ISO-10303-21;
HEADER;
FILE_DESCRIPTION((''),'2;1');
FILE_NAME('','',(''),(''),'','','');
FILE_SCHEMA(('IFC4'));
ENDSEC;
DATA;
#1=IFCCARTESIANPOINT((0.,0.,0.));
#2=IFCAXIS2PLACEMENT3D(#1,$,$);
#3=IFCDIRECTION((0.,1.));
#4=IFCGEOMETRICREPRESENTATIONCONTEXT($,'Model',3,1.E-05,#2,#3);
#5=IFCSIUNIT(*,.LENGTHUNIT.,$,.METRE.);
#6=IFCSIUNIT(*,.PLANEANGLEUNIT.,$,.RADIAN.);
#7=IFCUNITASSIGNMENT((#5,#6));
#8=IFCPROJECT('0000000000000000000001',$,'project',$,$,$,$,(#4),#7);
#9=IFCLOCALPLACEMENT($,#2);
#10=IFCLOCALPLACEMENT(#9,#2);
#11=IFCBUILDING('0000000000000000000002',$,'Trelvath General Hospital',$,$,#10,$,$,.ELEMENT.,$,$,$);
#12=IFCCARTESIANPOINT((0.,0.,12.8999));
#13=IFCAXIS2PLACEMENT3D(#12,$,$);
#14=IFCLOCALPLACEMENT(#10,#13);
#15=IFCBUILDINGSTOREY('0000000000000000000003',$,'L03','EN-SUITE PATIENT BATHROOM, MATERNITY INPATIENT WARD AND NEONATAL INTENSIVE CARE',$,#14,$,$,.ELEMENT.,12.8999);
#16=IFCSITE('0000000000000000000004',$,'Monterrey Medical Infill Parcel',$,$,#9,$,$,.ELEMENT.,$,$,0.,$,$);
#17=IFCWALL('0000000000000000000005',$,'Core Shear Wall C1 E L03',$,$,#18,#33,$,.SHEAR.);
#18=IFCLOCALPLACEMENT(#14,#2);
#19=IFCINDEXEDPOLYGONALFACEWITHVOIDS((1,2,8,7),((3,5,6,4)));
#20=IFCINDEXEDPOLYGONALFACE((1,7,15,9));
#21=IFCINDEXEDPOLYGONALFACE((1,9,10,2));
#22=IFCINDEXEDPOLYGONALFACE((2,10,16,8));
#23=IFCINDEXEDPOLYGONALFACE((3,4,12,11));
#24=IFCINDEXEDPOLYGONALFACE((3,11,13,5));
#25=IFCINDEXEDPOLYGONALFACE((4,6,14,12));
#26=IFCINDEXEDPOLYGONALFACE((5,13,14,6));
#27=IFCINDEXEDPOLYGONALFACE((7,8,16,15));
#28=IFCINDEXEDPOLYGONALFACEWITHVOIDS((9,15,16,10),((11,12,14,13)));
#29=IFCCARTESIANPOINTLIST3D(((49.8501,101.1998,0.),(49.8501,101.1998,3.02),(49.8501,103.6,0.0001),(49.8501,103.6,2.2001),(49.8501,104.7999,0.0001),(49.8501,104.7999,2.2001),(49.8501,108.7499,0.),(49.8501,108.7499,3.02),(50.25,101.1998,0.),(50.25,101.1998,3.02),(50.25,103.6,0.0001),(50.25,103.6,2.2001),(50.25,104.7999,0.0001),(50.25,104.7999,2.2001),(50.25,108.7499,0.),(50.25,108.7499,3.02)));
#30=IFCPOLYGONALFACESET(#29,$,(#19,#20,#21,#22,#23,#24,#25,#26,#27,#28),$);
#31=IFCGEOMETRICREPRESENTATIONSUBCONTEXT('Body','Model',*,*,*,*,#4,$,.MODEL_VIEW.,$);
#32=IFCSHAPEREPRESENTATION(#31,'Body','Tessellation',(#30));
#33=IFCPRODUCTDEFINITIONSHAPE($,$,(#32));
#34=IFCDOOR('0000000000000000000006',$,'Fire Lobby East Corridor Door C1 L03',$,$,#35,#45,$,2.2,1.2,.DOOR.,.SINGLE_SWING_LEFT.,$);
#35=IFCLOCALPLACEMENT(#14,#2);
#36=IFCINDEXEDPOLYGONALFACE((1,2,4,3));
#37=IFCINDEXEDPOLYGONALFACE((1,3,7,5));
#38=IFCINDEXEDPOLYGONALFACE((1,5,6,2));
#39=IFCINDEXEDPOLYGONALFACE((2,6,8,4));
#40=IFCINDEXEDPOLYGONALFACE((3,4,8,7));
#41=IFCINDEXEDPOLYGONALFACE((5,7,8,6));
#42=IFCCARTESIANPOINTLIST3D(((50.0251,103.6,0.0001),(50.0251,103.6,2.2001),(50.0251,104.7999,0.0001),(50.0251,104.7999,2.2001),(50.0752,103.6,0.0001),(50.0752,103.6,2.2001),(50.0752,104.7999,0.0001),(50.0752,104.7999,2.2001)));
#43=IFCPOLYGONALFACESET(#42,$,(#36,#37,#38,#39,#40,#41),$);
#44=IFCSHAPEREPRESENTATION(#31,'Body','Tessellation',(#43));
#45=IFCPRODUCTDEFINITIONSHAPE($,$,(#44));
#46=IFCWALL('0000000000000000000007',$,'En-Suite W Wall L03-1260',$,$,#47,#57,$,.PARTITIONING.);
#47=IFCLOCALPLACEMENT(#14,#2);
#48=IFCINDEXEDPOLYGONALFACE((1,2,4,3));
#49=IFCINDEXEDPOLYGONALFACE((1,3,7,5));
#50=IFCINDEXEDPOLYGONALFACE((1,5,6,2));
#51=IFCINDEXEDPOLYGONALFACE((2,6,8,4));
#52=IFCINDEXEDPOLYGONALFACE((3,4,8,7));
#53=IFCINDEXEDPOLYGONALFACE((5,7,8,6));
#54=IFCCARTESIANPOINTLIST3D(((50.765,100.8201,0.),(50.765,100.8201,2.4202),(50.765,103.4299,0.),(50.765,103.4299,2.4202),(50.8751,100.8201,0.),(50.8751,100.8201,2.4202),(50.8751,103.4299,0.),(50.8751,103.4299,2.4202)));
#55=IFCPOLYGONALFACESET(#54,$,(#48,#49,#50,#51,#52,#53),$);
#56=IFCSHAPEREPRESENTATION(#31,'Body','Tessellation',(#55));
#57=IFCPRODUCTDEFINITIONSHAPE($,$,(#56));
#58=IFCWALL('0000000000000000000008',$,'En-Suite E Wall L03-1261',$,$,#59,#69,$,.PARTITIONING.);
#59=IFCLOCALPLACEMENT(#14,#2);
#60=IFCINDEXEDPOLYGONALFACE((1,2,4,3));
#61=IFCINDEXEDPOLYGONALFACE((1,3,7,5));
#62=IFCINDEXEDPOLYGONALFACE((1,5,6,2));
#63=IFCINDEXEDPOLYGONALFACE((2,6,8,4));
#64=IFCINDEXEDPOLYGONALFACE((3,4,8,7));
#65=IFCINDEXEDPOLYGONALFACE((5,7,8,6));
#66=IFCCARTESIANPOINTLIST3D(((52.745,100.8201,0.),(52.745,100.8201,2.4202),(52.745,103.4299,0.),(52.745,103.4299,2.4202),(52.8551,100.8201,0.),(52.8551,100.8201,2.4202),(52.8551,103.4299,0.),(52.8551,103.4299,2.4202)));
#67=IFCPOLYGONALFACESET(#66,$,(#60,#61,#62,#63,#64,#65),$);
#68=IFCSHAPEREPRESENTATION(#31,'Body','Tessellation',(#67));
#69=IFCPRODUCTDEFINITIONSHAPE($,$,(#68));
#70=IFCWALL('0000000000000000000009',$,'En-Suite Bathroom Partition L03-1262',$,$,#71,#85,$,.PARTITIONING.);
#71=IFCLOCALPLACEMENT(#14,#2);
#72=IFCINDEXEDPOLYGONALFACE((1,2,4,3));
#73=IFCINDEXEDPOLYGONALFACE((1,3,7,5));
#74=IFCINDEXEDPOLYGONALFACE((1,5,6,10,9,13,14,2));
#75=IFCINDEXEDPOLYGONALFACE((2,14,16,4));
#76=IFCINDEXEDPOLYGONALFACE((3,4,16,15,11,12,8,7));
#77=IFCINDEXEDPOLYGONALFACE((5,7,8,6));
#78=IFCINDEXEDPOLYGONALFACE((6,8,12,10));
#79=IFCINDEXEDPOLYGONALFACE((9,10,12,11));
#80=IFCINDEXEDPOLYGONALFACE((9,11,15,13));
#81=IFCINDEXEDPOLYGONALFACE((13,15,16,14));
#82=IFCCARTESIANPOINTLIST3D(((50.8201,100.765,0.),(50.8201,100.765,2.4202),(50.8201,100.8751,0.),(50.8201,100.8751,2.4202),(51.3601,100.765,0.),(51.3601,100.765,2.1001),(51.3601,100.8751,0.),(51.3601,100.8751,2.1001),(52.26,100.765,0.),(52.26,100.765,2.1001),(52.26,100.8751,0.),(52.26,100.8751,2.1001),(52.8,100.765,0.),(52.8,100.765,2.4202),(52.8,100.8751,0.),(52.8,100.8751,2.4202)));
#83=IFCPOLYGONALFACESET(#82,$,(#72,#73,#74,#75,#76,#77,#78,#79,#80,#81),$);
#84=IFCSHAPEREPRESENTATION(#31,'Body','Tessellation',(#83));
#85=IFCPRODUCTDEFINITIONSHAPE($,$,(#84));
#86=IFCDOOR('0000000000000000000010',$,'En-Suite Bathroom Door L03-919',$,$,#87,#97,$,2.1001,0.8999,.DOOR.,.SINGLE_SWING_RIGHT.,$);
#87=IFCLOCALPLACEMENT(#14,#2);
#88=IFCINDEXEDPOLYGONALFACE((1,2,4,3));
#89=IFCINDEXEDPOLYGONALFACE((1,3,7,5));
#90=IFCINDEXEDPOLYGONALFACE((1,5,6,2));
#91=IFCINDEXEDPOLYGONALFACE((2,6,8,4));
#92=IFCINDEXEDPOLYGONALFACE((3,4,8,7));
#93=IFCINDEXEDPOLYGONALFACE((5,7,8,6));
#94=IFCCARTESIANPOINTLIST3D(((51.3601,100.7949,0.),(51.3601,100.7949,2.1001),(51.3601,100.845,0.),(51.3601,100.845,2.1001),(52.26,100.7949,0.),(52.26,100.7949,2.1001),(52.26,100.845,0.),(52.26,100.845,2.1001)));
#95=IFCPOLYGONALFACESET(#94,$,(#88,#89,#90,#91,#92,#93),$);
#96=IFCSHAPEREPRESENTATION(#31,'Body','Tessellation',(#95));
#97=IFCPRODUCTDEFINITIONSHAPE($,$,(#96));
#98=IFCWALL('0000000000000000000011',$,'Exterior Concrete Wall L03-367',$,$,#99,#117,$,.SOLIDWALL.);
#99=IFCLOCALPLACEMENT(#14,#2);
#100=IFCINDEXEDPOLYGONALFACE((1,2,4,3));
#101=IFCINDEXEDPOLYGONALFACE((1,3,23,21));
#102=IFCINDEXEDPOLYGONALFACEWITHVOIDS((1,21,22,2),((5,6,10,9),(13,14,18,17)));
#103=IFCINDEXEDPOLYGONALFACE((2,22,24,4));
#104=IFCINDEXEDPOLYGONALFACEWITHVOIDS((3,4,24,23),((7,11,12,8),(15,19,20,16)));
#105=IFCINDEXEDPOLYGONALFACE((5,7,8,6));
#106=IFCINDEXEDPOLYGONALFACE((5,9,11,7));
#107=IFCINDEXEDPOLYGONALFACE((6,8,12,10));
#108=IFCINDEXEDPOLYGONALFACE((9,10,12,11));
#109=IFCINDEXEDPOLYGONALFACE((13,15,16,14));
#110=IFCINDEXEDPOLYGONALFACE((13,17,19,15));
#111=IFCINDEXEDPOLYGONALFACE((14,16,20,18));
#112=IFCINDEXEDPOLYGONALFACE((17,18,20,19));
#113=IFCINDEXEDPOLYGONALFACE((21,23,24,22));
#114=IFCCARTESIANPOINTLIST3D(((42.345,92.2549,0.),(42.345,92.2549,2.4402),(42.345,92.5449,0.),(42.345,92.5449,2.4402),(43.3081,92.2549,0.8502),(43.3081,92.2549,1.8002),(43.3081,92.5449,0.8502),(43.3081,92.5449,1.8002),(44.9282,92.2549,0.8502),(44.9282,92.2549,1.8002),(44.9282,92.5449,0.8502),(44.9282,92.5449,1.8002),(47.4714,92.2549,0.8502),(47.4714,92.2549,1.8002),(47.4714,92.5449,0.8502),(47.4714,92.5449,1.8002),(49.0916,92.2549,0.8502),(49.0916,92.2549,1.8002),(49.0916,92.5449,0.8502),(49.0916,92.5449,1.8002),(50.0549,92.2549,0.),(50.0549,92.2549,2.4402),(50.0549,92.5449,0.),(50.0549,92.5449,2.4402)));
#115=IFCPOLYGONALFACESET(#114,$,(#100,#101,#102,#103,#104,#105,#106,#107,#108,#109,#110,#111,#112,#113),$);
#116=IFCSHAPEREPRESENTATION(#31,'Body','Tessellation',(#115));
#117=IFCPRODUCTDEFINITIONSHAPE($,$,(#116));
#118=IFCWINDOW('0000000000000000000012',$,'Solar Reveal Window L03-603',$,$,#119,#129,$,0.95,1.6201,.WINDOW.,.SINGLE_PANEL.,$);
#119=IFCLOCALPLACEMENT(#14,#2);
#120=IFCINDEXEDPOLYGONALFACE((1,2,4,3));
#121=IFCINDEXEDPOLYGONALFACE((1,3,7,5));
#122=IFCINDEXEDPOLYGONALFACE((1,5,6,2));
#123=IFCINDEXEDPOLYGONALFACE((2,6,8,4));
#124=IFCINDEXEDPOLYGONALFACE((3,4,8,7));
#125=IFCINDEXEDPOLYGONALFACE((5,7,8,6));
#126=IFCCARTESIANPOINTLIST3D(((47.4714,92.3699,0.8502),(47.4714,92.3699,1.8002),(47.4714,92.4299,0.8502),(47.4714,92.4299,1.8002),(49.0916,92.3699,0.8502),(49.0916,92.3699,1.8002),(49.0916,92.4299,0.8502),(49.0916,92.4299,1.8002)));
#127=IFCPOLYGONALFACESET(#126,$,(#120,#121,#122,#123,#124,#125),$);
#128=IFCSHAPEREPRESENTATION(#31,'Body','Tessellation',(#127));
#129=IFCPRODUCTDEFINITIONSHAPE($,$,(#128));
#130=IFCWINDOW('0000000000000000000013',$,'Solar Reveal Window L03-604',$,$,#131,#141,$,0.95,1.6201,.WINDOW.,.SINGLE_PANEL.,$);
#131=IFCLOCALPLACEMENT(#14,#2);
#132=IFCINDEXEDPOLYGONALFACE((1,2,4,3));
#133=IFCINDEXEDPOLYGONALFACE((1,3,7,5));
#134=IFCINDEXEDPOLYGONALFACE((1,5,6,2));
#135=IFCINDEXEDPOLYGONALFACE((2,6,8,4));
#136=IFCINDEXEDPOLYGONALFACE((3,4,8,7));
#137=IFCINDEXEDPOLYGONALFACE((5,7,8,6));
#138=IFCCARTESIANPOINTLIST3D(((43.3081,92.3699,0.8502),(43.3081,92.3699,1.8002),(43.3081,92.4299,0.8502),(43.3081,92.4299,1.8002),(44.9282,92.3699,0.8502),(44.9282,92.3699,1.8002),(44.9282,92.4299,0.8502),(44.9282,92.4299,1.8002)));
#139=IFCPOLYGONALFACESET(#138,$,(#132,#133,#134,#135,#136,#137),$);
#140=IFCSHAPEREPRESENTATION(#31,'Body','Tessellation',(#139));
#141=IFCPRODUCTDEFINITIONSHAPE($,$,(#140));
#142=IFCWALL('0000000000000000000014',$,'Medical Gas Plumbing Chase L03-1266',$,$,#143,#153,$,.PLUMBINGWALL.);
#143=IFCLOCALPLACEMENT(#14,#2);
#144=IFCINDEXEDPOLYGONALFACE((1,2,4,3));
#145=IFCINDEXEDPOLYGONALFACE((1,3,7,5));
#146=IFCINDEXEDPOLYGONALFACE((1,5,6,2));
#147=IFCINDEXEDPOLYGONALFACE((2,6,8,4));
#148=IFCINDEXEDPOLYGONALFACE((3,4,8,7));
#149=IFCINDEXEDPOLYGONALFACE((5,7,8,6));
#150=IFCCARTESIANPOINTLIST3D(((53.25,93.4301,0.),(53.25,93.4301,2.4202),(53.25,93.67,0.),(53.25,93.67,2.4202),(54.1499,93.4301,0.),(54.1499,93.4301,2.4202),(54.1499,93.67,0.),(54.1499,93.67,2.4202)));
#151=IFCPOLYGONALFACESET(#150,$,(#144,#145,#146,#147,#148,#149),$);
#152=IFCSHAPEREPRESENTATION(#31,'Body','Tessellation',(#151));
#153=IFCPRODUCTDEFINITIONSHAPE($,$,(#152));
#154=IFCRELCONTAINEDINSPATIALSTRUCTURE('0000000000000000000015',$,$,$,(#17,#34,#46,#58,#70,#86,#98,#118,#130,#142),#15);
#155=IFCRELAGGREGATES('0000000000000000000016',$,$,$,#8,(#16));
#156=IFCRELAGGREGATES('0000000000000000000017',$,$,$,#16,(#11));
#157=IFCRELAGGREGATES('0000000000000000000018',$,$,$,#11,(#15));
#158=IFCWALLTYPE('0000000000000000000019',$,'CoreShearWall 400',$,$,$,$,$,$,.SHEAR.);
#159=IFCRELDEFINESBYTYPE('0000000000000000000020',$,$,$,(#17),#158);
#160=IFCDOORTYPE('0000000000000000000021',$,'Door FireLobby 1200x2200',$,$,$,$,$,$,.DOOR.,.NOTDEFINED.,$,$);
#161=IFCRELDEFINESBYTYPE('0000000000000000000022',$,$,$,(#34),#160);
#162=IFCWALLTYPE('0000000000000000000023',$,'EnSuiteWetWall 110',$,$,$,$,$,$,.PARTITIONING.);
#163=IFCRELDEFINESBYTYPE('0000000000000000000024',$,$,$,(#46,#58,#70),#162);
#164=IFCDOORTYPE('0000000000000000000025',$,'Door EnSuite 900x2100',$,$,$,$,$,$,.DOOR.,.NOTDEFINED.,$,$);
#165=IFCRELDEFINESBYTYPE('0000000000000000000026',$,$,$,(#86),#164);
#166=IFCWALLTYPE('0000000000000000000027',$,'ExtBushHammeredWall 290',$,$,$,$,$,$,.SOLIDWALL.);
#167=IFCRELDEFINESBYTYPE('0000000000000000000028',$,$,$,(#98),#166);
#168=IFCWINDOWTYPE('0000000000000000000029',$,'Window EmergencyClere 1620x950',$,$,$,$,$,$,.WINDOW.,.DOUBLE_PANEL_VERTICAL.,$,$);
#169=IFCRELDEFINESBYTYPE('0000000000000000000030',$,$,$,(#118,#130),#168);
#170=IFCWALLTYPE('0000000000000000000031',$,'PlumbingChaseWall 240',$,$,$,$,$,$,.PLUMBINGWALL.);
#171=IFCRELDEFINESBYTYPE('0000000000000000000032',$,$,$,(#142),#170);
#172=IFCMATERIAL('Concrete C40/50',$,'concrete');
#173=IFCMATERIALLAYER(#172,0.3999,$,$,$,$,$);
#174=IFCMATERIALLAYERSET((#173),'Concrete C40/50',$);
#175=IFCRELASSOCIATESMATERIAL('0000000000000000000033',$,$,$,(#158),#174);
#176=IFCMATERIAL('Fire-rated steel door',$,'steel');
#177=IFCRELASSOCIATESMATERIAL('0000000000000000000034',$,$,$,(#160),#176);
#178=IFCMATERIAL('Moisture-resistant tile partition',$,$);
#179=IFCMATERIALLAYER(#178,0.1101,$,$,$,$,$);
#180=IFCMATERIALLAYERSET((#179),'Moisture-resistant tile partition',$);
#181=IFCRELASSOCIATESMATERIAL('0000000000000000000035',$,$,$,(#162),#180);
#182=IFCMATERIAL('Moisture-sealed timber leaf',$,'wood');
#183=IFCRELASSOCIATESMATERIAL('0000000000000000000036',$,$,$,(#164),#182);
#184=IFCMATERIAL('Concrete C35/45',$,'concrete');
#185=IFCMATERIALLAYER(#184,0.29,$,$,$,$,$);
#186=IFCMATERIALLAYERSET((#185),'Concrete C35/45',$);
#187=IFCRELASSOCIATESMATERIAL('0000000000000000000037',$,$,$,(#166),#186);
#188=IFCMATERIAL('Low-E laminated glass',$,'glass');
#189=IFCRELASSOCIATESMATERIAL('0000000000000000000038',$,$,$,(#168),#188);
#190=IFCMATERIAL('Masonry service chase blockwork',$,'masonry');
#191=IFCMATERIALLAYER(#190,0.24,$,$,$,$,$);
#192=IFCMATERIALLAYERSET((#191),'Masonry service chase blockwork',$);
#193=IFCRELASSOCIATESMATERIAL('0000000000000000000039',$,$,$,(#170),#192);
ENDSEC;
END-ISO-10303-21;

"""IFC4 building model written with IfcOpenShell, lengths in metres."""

from ifc_helpers import new_model, si_unit, direction, frame, frame_2d, origin, place, context, subcontext, project, spatial, rectangle, extrude, material, layer, layer_set, type_object, element, fill, save


model = new_model("IFC4")

# Units and contexts
model_context = context("Model", 3, precision=1e-05, world=origin(), true_north=direction((0.0, 1.0)))
body_context = subcontext(model_context, "Body", "Model", "MODEL_VIEW")
ifc_project = project(units=[si_unit("LENGTHUNIT", "METRE"), si_unit("PLANEANGLEUNIT", "RADIAN")], contexts=[model_context])

# Site, building, storey
site_placement = place(None, origin())
site = spatial("IfcSite", under=ifc_project, at=site_placement, Name="Monterrey Medical Infill Parcel", CompositionType="ELEMENT", RefElevation=0.0)
building_placement = place(site_placement, origin())
building = spatial("IfcBuilding", under=site, at=building_placement, Name="Trelvath General Hospital", CompositionType="ELEMENT")
storey_placement = place(building_placement, frame((0.0, 0.0, 12.8999)))
storey = spatial("IfcBuildingStorey", under=building, at=storey_placement, Name="L03", Description="EN-SUITE PATIENT BATHROOM, MATERNITY INPATIENT WARD AND NEONATAL INTENSIVE CARE", CompositionType="ELEMENT", Elevation=12.8999)

# Wall, opening, door
ifc_material_1 = material(Name="Concrete C40/50", Category="concrete")
ifc_layer_1 = layer(ifc_material_1, 0.3999)
ifc_layer_set_1 = layer_set([ifc_layer_1], Name="Concrete C40/50")
wall_type_1 = type_object("IfcWallType", Name="CoreShearWall 400", PredefinedType="SHEAR", material=ifc_layer_set_1)
ifc_material_2 = material(Name="Fire-rated steel door", Category="steel")
door_type_1 = type_object("IfcDoorType", Name="Door FireLobby 1200x2200", OperationType="NOTDEFINED", PredefinedType="DOOR", material=ifc_material_2)
wall_1_placement = place(storey_placement, frame((50.05, 101.2, 0.0), z_axis=(0.0, 0.0, 1.0), x_axis=(0.0, 1.0, 0.0)))
wall_1 = element("IfcWall", 1, at=wall_1_placement, inside=storey, type_object=wall_type_1, Name="Core Shear Wall C1 E L03", PredefinedType="SHEAR", context=body_context, shape_type="SweptSolid", body=[
    extrude(rectangle(XDim=7.55, YDim=0.3999, at=frame_2d((3.7749, 0.0))), origin(), (0.0, 0.0, 1.0), 3.02),
])
opening_1_placement = place(wall_1_placement, frame((2.3999, 0.0, 0.0)))
opening_1 = element("IfcOpeningElement", 2, at=opening_1_placement, cuts=wall_1, PredefinedType="OPENING", context=body_context, shape_type="SweptSolid", body=[
    extrude(rectangle(XDim=1.2, YDim=2.2, at=frame_2d((0.6001, 1.1001))), frame((0.0, 0.21, 0.0), z_axis=(0.0, -1.0, 0.0), x_axis=(1.0, 0.0, 0.0)), (0.0, 0.0, 1.0), 0.4199),
])
door_1_placement = place(opening_1_placement, origin())
door_1 = element("IfcDoor", 3, at=door_1_placement, inside=storey, type_object=door_type_1, Name="Fire Lobby East Corridor Door C1 L03", OperationType="SINGLE_SWING_LEFT", OverallHeight=2.2, OverallWidth=1.2, PredefinedType="DOOR", context=body_context, shape_type="SweptSolid", body=[
    extrude(rectangle(XDim=1.2, YDim=2.2, at=frame_2d((0.6001, 1.1001))), frame((0.0, 0.0249, 0.0), z_axis=(0.0, -1.0, 0.0), x_axis=(1.0, 0.0, 0.0)), (0.0, 0.0, 1.0), 0.05),
])
fill(opening_1, door_1)

# Walls
ifc_material_3 = material(Name="Moisture-resistant tile partition")
ifc_layer_2 = layer(ifc_material_3, 0.1101)
ifc_layer_set_2 = layer_set([ifc_layer_2], Name="Moisture-resistant tile partition")
wall_type_2 = type_object("IfcWallType", Name="EnSuiteWetWall 110", PredefinedType="PARTITIONING", material=ifc_layer_set_2)
for number, where, z_axis, x_axis, name in (
    (4, (50.8201, 100.8201, 0.0), (0.0, 0.0, 1.0), (0.0, 1.0, 0.0), "En-Suite W Wall L03-1260"),
    (5, (52.8, 100.8201, 0.0), (0.0, 0.0, 1.0), (0.0, 1.0, 0.0), "En-Suite E Wall L03-1261"),
):
    element("IfcWall", number, at=place(storey_placement, frame(where, z_axis=z_axis, x_axis=x_axis)), inside=storey, type_object=wall_type_2, Name=name, PredefinedType="PARTITIONING", context=body_context, shape_type="SweptSolid", body=[
        extrude(rectangle(XDim=2.6099, YDim=0.1101, at=frame_2d((1.3049, 0.0))), origin(), (0.0, 0.0, 1.0), 2.4202),
    ])

# Wall, opening, door
wall_2_placement = place(storey_placement, frame((50.8201, 100.8201, 0.0), z_axis=(0.0, 0.0, 1.0), x_axis=(1.0, 0.0, 0.0)))
wall_2 = element("IfcWall", 6, at=wall_2_placement, inside=storey, type_object=wall_type_2, Name="En-Suite Bathroom Partition L03-1262", PredefinedType="PARTITIONING", context=body_context, shape_type="SweptSolid", body=[
    extrude(rectangle(XDim=1.98, YDim=0.1101, at=frame_2d((0.99, 0.0))), origin(), (0.0, 0.0, 1.0), 2.4202),
])
opening_2_placement = place(wall_2_placement, frame((0.54, 0.0, 0.0)))
opening_2 = element("IfcOpeningElement", 7, at=opening_2_placement, cuts=wall_2, PredefinedType="OPENING", context=body_context, shape_type="SweptSolid", body=[
    extrude(rectangle(XDim=0.8999, YDim=2.1001, at=frame_2d((0.45, 1.05))), frame((0.0, 0.0649, 0.0), z_axis=(0.0, -1.0, 0.0), x_axis=(1.0, 0.0, 0.0)), (0.0, 0.0, 1.0), 0.1301),
])
ifc_material_4 = material(Name="Moisture-sealed timber leaf", Category="wood")
door_type_2 = type_object("IfcDoorType", Name="Door EnSuite 900x2100", OperationType="NOTDEFINED", PredefinedType="DOOR", material=ifc_material_4)
door_2_placement = place(opening_2_placement, origin())
door_2 = element("IfcDoor", 8, at=door_2_placement, inside=storey, type_object=door_type_2, Name="En-Suite Bathroom Door L03-919", OperationType="SINGLE_SWING_RIGHT", OverallHeight=2.1001, OverallWidth=0.8999, PredefinedType="DOOR", context=body_context, shape_type="SweptSolid", body=[
    extrude(rectangle(XDim=0.8999, YDim=2.1001, at=frame_2d((0.45, 1.05))), frame((0.0, 0.0249, 0.0), z_axis=(0.0, -1.0, 0.0), x_axis=(1.0, 0.0, 0.0)), (0.0, 0.0, 1.0), 0.05),
])
fill(opening_2, door_2)

# Wall, openings, windows
ifc_material_5 = material(Name="Concrete C35/45", Category="concrete")
ifc_layer_3 = layer(ifc_material_5, 0.29)
ifc_layer_set_3 = layer_set([ifc_layer_3], Name="Concrete C35/45")
wall_type_3 = type_object("IfcWallType", Name="ExtBushHammeredWall 290", PredefinedType="SOLIDWALL", material=ifc_layer_set_3)
wall_3_placement = place(storey_placement, frame((50.0549, 92.3999, 0.0), z_axis=(0.0, 0.0, 1.0), x_axis=(-1.0, 0.0, 0.0)))
wall_3 = element("IfcWall", 9, at=wall_3_placement, inside=storey, type_object=wall_type_3, Name="Exterior Concrete Wall L03-367", PredefinedType="SOLIDWALL", context=body_context, shape_type="SweptSolid", body=[
    extrude(rectangle(XDim=7.71, YDim=0.29, at=frame_2d((3.855, 0.0))), origin(), (0.0, 0.0, 1.0), 2.4402),
])
opening_3_placement = place(wall_3_placement, frame((0.9634, 0.0, 0.8501)))
opening_3 = element("IfcOpeningElement", 10, at=opening_3_placement, cuts=wall_3, PredefinedType="OPENING", context=body_context, shape_type="SweptSolid", body=[
    extrude(rectangle(XDim=1.6201, YDim=0.95, at=frame_2d((0.8101, 0.4751))), frame((0.0, 0.155, 0.0), z_axis=(0.0, -1.0, 0.0), x_axis=(1.0, 0.0, 0.0)), (0.0, 0.0, 1.0), 0.3101),
])
opening_4_placement = place(wall_3_placement, frame((5.1267, 0.0, 0.8501)))
opening_4 = element("IfcOpeningElement", 11, at=opening_4_placement, cuts=wall_3, PredefinedType="OPENING", context=body_context, shape_type="SweptSolid", body=[
    extrude(rectangle(XDim=1.6201, YDim=0.95, at=frame_2d((0.8101, 0.4751))), frame((0.0, 0.155, 0.0), z_axis=(0.0, -1.0, 0.0), x_axis=(1.0, 0.0, 0.0)), (0.0, 0.0, 1.0), 0.3101),
])
ifc_material_6 = material(Name="Low-E laminated glass", Category="glass")
window_type = type_object("IfcWindowType", Name="Window EmergencyClere 1620x950", PartitioningType="DOUBLE_PANEL_VERTICAL", PredefinedType="WINDOW", material=ifc_material_6)
window_1_placement = place(opening_3_placement, origin())
window_1 = element("IfcWindow", 12, at=window_1_placement, inside=storey, type_object=window_type, Name="Solar Reveal Window L03-603", OverallHeight=0.95, OverallWidth=1.6201, PartitioningType="SINGLE_PANEL", PredefinedType="WINDOW", context=body_context, shape_type="SweptSolid", body=[
    extrude(rectangle(XDim=1.6201, YDim=0.95, at=frame_2d((0.8101, 0.4751))), frame((0.0, 0.03, 0.0), z_axis=(0.0, -1.0, 0.0), x_axis=(1.0, 0.0, 0.0)), (0.0, 0.0, 1.0), 0.0601),
])
fill(opening_3, window_1)
window_2_placement = place(opening_4_placement, origin())
window_2 = element("IfcWindow", 13, at=window_2_placement, inside=storey, type_object=window_type, Name="Solar Reveal Window L03-604", OverallHeight=0.95, OverallWidth=1.6201, PartitioningType="SINGLE_PANEL", PredefinedType="WINDOW", context=body_context, shape_type="SweptSolid", body=[
    extrude(rectangle(XDim=1.6201, YDim=0.95, at=frame_2d((0.8101, 0.4751))), frame((0.0, 0.03, 0.0), z_axis=(0.0, -1.0, 0.0), x_axis=(1.0, 0.0, 0.0)), (0.0, 0.0, 1.0), 0.0601),
])
fill(opening_4, window_2)

# Wall
ifc_material_7 = material(Name="Masonry service chase blockwork", Category="masonry")
ifc_layer_4 = layer(ifc_material_7, 0.24)
ifc_layer_set_4 = layer_set([ifc_layer_4], Name="Masonry service chase blockwork")
wall_type_4 = type_object("IfcWallType", Name="PlumbingChaseWall 240", PredefinedType="PLUMBINGWALL", material=ifc_layer_set_4)
wall_4_placement = place(storey_placement, frame((53.25, 93.55, 0.0), z_axis=(0.0, 0.0, 1.0), x_axis=(1.0, 0.0, 0.0)))
element("IfcWall", 14, at=wall_4_placement, inside=storey, type_object=wall_type_4, Name="Medical Gas Plumbing Chase L03-1266", PredefinedType="PLUMBINGWALL", context=body_context, shape_type="SweptSolid", body=[
    extrude(rectangle(XDim=0.8999, YDim=0.24, at=frame_2d((0.45, 0.0))), origin(), (0.0, 0.0, 1.0), 2.4202),
])

save(model, "model.ifc")
